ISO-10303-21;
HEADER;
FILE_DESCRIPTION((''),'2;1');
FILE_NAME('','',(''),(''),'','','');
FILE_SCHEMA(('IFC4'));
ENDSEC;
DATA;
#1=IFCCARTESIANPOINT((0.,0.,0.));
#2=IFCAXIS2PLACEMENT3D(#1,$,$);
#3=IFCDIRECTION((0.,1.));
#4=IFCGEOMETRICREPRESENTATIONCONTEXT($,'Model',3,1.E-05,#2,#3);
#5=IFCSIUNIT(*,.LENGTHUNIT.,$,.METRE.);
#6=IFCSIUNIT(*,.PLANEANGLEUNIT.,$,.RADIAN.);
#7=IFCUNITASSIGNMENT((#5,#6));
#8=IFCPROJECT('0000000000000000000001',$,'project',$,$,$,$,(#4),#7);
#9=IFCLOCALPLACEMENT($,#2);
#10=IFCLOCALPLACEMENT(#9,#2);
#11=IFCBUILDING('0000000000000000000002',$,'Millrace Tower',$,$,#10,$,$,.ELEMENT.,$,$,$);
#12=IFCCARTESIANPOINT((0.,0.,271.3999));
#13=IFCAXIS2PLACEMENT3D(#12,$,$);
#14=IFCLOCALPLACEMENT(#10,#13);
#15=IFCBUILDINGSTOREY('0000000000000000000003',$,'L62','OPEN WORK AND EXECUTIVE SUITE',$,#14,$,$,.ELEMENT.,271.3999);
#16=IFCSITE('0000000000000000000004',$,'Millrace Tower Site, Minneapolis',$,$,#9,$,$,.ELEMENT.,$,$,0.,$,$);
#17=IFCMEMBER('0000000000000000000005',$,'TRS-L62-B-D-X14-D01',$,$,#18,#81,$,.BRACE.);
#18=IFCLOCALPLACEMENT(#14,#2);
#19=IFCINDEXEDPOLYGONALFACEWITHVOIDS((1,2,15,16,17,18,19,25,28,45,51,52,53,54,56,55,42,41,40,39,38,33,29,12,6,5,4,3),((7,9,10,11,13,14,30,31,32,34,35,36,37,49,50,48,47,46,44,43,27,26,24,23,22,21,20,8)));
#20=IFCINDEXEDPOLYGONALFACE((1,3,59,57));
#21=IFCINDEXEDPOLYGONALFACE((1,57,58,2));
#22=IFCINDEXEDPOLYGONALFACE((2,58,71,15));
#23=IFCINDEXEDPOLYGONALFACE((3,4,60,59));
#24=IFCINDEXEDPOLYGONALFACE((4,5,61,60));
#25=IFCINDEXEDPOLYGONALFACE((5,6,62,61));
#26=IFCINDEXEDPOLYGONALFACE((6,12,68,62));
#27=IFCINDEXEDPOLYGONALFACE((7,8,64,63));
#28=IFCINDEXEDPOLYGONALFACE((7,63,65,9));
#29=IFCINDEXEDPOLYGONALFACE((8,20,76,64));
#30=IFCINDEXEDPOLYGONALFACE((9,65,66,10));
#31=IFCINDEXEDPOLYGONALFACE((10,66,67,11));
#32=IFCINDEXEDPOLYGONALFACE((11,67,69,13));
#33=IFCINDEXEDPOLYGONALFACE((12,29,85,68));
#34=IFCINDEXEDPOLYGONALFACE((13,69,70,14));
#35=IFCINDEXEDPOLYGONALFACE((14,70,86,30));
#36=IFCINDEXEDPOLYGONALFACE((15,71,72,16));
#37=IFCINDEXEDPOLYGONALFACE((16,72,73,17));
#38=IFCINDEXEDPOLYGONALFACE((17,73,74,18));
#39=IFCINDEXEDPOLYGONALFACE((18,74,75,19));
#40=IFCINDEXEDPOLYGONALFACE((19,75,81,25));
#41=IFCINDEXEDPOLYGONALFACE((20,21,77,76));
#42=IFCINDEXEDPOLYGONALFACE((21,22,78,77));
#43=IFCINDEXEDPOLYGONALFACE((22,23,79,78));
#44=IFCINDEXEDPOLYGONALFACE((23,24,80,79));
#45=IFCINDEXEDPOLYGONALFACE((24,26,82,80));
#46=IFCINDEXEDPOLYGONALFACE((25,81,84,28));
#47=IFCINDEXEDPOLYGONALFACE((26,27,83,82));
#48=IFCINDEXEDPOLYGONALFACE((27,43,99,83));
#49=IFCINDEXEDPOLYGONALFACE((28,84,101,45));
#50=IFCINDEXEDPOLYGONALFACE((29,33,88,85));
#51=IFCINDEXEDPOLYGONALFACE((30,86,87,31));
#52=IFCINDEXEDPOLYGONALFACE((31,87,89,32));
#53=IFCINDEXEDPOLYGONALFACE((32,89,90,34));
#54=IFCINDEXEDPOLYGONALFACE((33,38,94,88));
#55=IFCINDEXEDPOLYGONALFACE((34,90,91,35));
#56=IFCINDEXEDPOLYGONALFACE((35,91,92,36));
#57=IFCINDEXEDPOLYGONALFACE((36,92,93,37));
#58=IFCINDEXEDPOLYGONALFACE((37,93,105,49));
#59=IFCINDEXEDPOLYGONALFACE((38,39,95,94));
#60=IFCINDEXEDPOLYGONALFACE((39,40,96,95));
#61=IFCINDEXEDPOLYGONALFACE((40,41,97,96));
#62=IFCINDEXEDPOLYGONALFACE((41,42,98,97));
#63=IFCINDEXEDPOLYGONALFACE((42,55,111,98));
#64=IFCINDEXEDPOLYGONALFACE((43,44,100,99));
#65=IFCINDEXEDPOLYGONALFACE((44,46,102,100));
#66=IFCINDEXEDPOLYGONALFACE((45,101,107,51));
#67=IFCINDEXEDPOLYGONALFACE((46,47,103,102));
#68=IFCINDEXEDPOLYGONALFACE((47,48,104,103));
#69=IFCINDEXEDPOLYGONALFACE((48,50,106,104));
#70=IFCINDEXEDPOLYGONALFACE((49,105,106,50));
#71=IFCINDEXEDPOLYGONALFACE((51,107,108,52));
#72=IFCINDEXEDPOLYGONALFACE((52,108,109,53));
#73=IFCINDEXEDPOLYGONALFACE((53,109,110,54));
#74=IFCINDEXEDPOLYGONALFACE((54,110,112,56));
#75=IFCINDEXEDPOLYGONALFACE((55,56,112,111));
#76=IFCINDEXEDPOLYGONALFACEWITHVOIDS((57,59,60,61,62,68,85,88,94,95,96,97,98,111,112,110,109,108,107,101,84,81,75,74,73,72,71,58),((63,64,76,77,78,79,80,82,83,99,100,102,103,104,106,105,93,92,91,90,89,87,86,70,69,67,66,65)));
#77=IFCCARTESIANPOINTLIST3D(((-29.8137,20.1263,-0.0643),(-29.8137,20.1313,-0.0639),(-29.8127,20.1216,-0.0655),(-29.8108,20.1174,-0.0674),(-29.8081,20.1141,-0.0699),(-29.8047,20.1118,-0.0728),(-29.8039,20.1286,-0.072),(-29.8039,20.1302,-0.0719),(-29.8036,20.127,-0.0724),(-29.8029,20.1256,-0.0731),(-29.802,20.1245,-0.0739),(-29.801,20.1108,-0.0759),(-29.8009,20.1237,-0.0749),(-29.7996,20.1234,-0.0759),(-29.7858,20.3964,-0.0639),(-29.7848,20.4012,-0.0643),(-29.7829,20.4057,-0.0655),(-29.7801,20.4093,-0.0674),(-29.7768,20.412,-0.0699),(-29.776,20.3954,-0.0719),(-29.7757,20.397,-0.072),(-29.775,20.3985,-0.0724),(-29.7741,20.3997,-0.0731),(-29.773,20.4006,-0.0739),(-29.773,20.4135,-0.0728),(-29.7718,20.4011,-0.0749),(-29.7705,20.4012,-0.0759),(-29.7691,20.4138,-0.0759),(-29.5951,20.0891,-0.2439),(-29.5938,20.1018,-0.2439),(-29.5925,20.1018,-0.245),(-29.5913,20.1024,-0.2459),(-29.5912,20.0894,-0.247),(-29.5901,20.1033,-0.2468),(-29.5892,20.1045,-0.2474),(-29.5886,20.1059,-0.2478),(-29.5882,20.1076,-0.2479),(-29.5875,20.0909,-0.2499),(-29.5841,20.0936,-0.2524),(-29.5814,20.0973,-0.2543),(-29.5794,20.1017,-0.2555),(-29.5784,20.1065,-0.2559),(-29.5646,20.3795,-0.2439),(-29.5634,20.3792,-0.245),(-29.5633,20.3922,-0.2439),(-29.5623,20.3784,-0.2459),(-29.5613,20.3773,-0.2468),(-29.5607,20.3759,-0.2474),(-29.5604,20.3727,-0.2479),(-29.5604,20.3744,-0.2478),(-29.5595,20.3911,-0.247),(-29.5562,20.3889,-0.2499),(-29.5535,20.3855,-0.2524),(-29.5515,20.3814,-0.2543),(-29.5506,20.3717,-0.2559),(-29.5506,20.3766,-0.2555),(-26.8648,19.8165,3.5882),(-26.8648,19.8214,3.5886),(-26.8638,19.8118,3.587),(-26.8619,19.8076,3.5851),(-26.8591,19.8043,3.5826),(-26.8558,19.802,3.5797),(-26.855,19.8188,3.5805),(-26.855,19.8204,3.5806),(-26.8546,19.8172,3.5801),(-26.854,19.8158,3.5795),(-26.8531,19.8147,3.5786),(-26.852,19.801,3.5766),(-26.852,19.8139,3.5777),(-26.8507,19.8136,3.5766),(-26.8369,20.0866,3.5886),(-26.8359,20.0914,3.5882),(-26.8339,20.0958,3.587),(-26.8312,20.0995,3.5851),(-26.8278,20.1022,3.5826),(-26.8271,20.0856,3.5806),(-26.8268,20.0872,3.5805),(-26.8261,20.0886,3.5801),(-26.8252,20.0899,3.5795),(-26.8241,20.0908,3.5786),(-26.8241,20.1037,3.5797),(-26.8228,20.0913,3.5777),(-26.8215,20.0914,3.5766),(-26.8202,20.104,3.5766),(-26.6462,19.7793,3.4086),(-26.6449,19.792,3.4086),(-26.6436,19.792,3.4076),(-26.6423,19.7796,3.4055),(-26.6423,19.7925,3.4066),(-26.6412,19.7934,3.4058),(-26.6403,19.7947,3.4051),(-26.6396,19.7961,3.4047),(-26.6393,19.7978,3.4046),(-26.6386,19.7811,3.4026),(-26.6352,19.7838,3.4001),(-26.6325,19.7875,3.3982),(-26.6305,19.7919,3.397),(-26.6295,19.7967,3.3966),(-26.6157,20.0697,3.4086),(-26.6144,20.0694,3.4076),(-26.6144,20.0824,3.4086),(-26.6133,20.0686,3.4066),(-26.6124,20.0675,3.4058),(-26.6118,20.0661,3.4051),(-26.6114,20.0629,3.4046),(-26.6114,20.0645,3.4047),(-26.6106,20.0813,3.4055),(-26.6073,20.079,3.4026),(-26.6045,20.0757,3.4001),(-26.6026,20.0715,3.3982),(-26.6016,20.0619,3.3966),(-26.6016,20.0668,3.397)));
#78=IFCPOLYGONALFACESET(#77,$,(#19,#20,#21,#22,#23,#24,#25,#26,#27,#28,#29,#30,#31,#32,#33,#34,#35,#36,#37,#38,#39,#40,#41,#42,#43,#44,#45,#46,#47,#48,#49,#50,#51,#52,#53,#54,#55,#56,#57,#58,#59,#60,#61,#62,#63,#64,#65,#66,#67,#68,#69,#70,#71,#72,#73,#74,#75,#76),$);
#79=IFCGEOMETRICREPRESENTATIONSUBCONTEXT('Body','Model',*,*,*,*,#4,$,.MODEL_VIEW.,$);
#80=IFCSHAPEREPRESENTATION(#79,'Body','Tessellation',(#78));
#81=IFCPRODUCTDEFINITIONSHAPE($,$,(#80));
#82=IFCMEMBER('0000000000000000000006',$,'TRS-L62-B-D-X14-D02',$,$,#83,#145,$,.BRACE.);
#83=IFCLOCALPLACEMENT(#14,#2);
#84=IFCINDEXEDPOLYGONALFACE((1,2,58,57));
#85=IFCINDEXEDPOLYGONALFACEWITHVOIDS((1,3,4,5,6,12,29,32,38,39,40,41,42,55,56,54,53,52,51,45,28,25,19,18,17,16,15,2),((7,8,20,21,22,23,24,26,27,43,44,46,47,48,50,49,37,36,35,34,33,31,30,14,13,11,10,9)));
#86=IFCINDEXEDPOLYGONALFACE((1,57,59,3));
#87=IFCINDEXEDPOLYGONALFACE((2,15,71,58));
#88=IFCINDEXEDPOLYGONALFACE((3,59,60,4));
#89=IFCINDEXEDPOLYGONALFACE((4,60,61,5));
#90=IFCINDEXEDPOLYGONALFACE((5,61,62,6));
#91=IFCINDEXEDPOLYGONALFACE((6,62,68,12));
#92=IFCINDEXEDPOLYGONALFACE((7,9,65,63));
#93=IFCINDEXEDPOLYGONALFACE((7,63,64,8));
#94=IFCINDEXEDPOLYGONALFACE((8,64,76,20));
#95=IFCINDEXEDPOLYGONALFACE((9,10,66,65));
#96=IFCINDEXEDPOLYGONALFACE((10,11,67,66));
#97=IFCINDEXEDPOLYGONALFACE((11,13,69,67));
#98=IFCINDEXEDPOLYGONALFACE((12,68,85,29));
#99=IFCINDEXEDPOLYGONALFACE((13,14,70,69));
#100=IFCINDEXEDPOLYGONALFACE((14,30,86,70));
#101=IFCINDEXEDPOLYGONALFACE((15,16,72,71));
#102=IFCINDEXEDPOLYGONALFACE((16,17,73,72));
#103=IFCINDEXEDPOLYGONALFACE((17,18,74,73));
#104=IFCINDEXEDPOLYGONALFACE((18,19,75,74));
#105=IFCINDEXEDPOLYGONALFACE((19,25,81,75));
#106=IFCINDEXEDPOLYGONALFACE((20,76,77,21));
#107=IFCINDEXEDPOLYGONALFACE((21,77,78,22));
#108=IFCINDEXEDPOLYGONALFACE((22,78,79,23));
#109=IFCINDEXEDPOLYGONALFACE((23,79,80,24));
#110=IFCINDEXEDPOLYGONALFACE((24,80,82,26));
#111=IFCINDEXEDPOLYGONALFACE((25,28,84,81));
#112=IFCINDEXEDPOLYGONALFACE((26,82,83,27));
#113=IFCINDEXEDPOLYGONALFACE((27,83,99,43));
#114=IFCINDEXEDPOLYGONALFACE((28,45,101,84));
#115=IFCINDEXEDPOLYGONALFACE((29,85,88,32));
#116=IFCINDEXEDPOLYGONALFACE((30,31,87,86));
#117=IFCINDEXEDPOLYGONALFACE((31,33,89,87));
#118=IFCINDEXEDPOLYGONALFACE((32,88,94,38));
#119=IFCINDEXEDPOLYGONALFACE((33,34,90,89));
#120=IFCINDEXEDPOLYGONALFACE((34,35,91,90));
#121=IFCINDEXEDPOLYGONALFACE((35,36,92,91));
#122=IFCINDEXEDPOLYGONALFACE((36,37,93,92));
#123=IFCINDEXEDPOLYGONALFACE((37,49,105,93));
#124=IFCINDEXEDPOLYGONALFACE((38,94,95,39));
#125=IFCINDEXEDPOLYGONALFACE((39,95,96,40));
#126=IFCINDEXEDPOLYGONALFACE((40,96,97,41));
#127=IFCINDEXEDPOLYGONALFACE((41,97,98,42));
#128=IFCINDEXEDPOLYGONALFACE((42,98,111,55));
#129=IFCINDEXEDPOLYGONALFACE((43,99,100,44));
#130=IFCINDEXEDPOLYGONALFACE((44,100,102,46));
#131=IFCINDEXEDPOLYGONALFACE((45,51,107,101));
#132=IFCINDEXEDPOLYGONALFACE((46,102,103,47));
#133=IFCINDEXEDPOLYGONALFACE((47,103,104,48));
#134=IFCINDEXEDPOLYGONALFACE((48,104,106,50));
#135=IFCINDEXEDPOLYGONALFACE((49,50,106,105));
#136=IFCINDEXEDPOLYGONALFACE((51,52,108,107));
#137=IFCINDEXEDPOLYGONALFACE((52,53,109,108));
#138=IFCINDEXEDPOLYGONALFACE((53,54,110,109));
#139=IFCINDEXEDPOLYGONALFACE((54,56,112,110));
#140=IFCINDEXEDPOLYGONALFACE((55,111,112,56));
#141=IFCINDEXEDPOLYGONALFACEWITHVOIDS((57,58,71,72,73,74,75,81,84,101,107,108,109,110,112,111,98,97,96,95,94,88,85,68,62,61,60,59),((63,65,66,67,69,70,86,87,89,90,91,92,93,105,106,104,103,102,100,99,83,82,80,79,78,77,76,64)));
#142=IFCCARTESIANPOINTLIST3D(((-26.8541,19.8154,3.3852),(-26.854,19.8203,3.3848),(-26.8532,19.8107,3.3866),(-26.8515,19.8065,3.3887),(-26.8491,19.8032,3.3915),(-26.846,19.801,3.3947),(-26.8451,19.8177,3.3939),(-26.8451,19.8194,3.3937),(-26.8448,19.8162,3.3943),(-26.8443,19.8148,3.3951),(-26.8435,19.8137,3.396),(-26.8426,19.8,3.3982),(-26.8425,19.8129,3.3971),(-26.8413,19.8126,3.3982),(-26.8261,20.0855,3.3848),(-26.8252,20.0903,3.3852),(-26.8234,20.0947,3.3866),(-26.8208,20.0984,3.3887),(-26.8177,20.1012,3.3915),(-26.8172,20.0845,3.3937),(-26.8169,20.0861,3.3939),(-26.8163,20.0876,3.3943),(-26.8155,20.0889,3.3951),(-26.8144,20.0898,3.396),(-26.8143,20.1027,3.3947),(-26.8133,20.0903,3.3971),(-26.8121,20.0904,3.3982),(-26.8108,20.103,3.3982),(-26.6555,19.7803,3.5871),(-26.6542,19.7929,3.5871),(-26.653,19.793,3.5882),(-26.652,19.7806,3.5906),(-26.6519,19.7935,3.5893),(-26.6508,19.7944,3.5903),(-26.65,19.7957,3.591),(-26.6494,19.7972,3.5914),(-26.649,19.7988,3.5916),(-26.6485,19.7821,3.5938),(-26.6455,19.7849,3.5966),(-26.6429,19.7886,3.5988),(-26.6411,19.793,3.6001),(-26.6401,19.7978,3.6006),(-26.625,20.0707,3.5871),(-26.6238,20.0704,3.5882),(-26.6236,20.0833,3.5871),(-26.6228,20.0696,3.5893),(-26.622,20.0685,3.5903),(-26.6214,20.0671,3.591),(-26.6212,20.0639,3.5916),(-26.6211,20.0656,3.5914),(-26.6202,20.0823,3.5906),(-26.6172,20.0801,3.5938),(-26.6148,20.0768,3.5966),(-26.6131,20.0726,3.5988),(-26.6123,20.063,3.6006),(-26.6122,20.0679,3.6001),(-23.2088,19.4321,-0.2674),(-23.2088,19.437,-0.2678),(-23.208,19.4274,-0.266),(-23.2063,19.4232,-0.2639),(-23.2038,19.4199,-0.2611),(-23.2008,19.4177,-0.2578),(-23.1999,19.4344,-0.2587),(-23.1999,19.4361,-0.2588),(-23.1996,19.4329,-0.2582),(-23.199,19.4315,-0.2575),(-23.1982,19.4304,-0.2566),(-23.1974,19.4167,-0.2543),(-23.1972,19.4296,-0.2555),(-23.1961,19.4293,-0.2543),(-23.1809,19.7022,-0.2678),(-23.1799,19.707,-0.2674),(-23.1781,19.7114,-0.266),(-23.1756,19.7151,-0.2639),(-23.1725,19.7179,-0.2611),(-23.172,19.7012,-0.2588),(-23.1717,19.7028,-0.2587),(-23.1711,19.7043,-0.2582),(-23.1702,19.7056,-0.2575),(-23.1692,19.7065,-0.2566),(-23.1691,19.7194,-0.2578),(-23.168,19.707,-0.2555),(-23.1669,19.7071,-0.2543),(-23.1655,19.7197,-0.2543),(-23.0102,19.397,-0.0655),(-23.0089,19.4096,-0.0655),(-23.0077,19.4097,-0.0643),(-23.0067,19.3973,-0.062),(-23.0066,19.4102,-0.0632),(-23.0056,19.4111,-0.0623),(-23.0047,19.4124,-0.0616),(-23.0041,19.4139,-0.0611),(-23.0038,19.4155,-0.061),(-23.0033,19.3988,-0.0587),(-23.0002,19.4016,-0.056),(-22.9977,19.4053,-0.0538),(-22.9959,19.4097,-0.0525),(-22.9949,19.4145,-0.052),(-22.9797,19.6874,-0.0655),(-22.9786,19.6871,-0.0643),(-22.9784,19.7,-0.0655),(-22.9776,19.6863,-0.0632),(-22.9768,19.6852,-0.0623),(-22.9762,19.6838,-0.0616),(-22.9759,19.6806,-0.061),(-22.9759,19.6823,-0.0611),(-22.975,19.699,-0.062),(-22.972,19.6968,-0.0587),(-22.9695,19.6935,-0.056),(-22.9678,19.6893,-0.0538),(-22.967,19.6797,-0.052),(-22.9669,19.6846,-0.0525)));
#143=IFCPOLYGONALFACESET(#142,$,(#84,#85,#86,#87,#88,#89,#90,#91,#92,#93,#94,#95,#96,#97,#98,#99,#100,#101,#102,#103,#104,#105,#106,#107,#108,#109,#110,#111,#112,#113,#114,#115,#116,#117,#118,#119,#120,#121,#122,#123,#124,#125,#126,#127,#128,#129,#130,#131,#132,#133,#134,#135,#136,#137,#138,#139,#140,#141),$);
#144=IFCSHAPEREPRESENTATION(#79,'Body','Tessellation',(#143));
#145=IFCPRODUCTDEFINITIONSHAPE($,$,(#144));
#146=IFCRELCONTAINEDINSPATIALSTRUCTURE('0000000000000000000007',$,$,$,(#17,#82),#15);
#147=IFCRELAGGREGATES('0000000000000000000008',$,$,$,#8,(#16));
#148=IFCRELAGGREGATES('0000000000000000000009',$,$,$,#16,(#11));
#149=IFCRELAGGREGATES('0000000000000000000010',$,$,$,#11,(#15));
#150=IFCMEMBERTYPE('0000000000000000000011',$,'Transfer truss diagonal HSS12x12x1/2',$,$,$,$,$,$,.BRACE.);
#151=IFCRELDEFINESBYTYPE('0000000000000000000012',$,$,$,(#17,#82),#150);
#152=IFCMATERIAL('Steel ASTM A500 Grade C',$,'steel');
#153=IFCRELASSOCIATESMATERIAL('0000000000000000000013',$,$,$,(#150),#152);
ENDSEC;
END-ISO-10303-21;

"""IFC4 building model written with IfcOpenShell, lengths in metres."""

from ifc_helpers import new_model, si_unit, direction, frame, origin, origin_2d, place, context, subcontext, project, spatial, hollow_rectangle, extrude, material, material_profile, profile_set, type_object, element, save


model = new_model("IFC4")

# Units and contexts
model_context = context("Model", 3, precision=1e-05, world=origin(), true_north=direction((0.0, 1.0)))
body_context = subcontext(model_context, "Body", "Model", "MODEL_VIEW")
ifc_project = project(units=[si_unit("LENGTHUNIT", "METRE"), si_unit("PLANEANGLEUNIT", "RADIAN")], contexts=[model_context])

# Site, building, storey
site_placement = place(None, origin())
site = spatial("IfcSite", under=ifc_project, at=site_placement, Name="Millrace Tower Site, Minneapolis", CompositionType="ELEMENT", RefElevation=0.0)
building_placement = place(site_placement, origin())
building = spatial("IfcBuilding", under=site, at=building_placement, Name="Millrace Tower", CompositionType="ELEMENT")
storey_placement = place(building_placement, frame((0.0, 0.0, 271.3999)))
storey = spatial("IfcBuildingStorey", under=building, at=storey_placement, Name="L62", Description="OPEN WORK AND EXECUTIVE SUITE", CompositionType="ELEMENT", Elevation=271.3999)

# Members
ifc_material_1 = material(Name="Steel ASTM A500 Grade C", Category="steel")
ifc_material_profile_1 = material_profile(ifc_material_1, hollow_rectangle(XDim=0.3047, YDim=0.3047, WallThickness=0.0127, InnerFilletRadius=0.0063, OuterFilletRadius=0.019, at=origin_2d()))
ifc_profile_set_1 = profile_set([ifc_material_profile_1], Name="Steel ASTM A500 Grade C")
member_type_1 = type_object("IfcMemberType", Name="Transfer truss diagonal HSS12x12x1/2", PredefinedType="BRACE", material=ifc_profile_set_1)
member_1_placement = place(storey_placement, frame((-29.6821, 20.2515, -0.1599), z_axis=(0.62682, -0.065853, 0.776376), x_axis=(0.104483, 0.994527, 0.0)))
element("IfcMember", 1, at=member_1_placement, inside=storey, type_object=member_type_1, Name="TRS-L62-B-D-X14-D01", PredefinedType="BRACE", context=body_context, shape_type="SweptSolid", body=[
    extrude(hollow_rectangle(XDim=0.3047, YDim=0.3047, WallThickness=0.0127, InnerFilletRadius=0.0063, OuterFilletRadius=0.019, at=origin_2d()), origin(), (0.0, 0.0, 1.0), 4.7046),
])
member_2_placement = place(storey_placement, frame((-23.0879, 19.5583, -0.1599), z_axis=(-0.704456, 0.074074, 0.705872), x_axis=(-0.104574, -0.994517, 0.0)))
element("IfcMember", 2, at=member_2_placement, inside=storey, type_object=member_type_1, Name="TRS-L62-B-D-X14-D02", PredefinedType="BRACE", context=body_context, shape_type="SweptSolid", body=[
    extrude(hollow_rectangle(XDim=0.3047, YDim=0.3047, WallThickness=0.0127, InnerFilletRadius=0.0063, OuterFilletRadius=0.019, at=origin_2d()), origin(), (0.0, 0.0, 1.0), 5.1746),
])

save(model, "model.ifc")
